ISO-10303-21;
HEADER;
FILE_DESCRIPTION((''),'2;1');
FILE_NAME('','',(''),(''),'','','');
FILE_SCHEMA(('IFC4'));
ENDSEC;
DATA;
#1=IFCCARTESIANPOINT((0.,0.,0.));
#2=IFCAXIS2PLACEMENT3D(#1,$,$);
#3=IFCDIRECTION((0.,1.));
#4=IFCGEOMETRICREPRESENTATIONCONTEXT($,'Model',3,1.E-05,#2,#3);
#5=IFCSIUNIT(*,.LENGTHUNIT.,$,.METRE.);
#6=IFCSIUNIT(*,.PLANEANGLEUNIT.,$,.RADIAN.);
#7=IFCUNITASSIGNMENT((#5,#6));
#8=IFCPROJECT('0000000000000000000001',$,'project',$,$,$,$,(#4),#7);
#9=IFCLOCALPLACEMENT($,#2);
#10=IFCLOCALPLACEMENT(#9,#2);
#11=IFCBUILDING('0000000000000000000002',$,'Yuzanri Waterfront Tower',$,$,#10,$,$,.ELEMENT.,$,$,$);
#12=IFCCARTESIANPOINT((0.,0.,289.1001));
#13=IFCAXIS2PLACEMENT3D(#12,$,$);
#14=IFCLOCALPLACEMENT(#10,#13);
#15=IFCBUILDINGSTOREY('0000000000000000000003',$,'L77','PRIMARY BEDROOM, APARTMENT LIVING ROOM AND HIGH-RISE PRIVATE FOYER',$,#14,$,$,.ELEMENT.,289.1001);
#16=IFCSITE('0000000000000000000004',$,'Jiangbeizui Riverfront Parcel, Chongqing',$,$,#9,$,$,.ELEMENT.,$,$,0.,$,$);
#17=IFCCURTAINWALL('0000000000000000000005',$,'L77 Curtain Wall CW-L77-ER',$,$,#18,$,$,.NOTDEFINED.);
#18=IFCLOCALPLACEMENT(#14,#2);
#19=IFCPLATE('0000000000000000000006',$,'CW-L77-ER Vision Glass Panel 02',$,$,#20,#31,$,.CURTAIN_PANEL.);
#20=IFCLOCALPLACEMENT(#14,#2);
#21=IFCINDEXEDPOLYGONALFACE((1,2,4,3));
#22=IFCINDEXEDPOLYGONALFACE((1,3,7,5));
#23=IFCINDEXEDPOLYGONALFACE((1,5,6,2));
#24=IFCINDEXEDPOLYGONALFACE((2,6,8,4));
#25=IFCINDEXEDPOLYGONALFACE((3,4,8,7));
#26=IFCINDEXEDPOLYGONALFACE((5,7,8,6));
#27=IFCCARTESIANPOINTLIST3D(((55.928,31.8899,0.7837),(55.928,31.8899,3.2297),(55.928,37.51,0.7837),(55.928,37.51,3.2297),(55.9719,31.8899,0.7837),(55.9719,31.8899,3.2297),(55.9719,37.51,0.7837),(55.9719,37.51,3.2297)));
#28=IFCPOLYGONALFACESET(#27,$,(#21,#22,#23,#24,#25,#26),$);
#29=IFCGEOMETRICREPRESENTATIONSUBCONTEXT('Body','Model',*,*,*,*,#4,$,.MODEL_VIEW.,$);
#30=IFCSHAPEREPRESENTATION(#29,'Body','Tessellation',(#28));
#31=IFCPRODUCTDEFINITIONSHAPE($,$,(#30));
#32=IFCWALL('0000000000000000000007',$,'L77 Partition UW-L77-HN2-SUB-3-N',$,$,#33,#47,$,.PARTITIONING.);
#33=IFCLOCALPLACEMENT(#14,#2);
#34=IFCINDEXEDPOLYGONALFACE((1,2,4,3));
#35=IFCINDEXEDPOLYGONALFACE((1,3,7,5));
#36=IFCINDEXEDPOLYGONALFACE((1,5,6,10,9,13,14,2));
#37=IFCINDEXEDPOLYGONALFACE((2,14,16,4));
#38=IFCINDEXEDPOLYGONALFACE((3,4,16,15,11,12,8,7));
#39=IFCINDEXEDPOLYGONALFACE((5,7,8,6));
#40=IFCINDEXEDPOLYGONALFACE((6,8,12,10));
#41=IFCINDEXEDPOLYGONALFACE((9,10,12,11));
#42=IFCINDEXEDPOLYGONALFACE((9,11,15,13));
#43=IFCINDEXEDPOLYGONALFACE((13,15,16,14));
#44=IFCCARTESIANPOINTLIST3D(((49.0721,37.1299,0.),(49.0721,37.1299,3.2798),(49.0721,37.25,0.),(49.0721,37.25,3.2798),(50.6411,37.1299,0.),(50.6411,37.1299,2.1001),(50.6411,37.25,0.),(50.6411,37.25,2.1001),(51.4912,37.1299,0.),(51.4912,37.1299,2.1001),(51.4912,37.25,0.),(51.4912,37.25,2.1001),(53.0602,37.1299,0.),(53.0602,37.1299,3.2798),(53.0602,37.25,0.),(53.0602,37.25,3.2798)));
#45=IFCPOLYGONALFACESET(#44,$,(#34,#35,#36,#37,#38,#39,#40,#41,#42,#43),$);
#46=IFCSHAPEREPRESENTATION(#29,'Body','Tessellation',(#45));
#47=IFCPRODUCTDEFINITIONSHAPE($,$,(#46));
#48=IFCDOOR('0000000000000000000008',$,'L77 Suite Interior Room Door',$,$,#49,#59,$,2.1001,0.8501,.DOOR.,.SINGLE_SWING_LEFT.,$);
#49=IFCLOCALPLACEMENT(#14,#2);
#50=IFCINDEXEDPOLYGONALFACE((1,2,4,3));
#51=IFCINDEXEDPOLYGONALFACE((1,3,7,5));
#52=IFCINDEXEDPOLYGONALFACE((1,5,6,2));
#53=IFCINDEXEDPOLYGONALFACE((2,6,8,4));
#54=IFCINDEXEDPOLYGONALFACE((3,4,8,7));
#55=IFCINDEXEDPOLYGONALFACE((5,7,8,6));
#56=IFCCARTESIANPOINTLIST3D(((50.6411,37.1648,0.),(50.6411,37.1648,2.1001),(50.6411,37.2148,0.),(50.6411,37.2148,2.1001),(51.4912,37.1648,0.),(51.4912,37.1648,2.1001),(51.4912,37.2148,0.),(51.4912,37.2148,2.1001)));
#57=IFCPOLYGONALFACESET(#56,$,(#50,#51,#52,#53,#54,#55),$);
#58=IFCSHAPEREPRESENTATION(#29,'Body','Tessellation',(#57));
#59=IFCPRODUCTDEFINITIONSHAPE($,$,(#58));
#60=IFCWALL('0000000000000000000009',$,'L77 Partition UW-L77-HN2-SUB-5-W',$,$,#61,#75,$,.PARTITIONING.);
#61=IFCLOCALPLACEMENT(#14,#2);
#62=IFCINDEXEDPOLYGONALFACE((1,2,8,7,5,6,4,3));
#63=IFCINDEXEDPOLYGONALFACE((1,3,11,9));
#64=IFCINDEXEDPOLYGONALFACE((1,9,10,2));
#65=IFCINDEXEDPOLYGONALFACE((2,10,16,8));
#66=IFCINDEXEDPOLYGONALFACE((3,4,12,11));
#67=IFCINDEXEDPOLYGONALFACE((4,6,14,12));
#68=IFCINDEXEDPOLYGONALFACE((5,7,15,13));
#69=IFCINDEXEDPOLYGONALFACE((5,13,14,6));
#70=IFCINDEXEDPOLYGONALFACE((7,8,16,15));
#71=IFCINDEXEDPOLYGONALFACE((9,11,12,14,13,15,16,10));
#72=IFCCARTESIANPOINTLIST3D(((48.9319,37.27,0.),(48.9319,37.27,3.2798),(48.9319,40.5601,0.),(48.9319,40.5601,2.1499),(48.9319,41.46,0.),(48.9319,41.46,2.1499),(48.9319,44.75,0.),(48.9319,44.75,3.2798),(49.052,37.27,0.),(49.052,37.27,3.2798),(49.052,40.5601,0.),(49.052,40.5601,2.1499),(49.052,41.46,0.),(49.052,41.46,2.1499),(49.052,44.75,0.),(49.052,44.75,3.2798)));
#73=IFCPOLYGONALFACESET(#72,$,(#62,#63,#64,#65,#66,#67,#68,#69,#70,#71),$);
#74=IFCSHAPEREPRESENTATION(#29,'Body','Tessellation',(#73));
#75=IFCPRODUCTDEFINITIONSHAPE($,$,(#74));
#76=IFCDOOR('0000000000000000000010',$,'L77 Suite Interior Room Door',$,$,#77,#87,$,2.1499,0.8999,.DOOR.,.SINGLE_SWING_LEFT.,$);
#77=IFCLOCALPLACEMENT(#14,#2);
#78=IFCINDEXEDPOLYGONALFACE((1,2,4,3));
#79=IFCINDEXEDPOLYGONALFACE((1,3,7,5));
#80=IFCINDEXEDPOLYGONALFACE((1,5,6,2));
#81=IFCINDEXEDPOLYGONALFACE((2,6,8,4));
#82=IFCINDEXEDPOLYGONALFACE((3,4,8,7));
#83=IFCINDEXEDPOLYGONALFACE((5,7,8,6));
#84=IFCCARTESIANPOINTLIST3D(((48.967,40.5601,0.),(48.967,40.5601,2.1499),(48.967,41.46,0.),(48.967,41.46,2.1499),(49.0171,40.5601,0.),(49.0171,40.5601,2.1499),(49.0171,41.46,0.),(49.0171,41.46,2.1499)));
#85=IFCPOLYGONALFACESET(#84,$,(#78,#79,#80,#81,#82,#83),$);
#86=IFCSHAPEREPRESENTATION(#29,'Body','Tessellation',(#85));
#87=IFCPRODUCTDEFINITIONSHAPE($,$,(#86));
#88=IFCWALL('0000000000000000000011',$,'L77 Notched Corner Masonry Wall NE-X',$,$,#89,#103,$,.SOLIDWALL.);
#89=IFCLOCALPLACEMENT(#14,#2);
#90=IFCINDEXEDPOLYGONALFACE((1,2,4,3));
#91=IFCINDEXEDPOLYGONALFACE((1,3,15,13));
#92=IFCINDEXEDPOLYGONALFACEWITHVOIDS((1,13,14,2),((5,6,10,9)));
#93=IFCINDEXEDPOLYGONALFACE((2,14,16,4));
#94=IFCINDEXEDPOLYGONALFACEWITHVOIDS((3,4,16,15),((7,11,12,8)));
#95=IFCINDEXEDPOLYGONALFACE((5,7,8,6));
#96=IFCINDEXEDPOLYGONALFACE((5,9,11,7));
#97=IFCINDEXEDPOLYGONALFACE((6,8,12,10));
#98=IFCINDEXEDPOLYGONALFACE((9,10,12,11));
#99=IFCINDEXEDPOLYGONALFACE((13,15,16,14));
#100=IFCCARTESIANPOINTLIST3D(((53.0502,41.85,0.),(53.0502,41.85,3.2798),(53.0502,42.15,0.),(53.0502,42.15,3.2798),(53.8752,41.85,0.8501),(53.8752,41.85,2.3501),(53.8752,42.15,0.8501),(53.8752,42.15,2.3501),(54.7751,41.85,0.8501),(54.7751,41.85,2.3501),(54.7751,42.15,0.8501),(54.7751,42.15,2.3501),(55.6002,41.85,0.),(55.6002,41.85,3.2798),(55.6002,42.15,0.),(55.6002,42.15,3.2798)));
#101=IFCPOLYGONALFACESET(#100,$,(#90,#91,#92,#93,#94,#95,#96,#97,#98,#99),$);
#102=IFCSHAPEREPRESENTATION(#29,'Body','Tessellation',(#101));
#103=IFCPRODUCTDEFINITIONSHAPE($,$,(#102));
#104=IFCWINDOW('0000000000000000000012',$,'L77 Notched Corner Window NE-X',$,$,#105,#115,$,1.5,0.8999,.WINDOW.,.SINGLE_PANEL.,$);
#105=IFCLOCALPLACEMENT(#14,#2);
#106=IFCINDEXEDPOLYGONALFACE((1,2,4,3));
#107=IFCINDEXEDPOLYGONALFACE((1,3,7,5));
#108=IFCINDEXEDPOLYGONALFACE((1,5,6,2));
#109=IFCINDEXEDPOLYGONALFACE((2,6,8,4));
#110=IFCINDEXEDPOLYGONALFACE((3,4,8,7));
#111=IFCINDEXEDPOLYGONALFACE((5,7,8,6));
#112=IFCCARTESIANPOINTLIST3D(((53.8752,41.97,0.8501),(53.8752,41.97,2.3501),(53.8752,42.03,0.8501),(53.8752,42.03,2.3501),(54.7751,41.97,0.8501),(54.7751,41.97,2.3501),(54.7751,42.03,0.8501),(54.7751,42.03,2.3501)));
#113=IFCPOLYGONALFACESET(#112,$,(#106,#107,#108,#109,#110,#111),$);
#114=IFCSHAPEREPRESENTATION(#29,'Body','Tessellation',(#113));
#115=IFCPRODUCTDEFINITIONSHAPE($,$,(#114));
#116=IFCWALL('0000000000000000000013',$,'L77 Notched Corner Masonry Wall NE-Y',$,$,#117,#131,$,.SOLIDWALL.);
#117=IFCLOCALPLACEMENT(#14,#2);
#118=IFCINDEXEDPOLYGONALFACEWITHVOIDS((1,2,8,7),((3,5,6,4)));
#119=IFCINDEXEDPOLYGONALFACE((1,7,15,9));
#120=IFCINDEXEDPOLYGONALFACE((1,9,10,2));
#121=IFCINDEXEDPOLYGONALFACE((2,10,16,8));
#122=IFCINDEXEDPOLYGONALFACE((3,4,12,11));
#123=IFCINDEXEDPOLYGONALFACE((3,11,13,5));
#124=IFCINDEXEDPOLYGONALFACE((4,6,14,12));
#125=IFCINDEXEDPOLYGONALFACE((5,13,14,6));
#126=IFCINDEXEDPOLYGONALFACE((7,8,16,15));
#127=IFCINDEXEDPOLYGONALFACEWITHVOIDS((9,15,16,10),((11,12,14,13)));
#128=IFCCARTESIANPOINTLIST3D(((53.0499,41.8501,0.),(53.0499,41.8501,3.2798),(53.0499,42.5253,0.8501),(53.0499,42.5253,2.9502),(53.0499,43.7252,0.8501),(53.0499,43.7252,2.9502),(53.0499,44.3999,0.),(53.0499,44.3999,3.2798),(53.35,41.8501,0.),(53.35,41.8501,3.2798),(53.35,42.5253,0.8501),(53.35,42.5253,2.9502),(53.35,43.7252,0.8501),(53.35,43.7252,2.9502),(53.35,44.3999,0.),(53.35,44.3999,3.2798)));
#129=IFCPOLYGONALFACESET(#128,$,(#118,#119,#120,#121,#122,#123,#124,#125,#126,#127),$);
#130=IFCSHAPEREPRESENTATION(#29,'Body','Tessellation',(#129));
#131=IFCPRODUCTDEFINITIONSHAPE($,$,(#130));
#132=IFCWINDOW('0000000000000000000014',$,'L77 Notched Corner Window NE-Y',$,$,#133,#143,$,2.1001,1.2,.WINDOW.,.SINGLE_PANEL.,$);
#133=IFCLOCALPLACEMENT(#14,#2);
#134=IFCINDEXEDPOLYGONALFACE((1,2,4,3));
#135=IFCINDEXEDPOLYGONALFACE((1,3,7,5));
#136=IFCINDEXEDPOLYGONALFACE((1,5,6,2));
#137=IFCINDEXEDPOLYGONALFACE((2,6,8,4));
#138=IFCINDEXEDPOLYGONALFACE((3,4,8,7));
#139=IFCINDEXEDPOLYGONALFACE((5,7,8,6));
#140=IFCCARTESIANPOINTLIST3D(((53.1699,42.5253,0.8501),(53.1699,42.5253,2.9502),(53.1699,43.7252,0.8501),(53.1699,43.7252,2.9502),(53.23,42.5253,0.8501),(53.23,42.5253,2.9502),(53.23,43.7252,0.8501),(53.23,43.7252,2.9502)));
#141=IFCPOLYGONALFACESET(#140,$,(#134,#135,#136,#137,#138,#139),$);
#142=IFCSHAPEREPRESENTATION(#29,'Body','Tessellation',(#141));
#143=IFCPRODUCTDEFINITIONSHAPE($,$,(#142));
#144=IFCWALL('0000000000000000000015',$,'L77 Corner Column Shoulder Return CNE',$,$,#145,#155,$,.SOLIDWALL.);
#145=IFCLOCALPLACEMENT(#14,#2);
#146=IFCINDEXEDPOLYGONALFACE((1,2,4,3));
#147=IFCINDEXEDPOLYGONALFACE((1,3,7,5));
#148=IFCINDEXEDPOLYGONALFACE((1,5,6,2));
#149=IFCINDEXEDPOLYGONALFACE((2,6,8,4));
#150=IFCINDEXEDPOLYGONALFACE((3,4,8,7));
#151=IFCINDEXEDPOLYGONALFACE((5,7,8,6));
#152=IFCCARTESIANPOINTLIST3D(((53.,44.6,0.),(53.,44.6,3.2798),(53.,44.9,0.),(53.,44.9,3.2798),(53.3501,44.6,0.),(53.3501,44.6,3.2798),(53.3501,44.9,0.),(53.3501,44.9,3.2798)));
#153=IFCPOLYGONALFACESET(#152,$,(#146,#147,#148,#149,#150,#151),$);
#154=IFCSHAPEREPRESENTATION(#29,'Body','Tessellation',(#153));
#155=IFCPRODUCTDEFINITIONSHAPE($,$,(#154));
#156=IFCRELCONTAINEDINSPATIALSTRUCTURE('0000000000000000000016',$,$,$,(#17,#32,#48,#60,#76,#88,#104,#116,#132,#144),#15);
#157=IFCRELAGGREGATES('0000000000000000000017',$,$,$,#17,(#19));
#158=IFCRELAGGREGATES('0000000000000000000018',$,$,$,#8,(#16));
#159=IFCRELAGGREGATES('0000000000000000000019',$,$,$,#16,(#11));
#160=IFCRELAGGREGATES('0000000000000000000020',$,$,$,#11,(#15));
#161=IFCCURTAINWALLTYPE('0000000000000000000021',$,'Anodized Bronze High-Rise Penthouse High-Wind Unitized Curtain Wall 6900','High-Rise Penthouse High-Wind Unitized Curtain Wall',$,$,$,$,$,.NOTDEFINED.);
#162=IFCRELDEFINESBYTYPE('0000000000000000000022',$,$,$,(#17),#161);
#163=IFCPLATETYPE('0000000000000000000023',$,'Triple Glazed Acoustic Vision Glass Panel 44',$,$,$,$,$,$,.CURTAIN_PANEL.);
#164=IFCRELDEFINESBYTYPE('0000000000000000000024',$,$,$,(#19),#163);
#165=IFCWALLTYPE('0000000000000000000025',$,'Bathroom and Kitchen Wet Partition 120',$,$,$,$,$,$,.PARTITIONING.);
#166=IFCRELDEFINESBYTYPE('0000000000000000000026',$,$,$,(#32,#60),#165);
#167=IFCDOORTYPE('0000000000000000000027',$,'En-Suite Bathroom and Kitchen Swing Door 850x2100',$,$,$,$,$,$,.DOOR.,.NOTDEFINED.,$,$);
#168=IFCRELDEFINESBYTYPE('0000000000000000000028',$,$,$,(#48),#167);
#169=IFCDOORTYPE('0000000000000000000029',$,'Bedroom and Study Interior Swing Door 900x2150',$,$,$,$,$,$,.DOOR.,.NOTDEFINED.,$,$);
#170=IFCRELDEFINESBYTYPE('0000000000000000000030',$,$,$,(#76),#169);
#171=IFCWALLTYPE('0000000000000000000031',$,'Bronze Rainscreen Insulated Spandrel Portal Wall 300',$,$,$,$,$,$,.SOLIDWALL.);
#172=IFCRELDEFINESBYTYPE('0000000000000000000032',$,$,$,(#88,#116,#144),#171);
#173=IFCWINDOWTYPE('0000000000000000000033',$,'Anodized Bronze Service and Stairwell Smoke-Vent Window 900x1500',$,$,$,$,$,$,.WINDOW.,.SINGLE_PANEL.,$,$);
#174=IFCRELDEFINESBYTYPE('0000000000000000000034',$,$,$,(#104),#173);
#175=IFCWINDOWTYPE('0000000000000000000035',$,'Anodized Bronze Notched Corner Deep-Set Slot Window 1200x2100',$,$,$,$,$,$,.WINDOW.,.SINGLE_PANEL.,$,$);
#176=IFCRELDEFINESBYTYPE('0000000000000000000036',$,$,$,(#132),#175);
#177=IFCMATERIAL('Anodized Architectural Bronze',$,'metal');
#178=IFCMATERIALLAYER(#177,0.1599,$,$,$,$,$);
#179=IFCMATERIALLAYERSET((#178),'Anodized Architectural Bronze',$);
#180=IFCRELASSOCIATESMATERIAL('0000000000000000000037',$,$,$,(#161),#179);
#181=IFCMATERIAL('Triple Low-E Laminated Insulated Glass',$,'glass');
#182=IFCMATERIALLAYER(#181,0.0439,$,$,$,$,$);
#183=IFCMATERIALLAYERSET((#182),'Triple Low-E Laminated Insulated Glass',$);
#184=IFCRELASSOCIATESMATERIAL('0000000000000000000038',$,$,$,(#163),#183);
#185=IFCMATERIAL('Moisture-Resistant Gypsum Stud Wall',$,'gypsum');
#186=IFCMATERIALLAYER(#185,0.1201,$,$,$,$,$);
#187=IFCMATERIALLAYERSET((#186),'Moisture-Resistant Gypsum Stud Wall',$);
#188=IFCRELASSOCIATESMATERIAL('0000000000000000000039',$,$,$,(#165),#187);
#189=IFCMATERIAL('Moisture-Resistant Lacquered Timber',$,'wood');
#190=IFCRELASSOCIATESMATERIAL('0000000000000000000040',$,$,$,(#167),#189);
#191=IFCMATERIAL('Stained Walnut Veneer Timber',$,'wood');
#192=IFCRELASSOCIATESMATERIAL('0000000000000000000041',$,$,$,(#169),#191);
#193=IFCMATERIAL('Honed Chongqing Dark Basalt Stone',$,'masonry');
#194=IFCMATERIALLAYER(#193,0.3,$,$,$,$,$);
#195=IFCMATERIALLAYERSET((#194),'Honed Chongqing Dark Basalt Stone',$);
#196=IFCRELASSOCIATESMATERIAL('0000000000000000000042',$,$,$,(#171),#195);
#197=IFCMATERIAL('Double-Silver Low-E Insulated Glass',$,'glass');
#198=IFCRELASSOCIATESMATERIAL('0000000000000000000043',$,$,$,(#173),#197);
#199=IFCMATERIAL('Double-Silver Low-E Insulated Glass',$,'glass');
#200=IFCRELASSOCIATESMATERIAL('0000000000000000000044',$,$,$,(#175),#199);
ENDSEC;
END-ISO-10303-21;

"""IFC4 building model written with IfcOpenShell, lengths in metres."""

from ifc_helpers import new_model, si_unit, direction, frame, frame_2d, origin, origin_2d, place, context, subcontext, project, spatial, rectangle, extrude, source, transform, mapped, material, layer, layer_set, type_object, element, fill, aggregate, save


model = new_model("IFC4")

# Units and contexts
model_context = context("Model", 3, precision=1e-05, world=origin(), true_north=direction((0.0, 1.0)))
body_context = subcontext(model_context, "Body", "Model", "MODEL_VIEW")
ifc_project = project(units=[si_unit("LENGTHUNIT", "METRE"), si_unit("PLANEANGLEUNIT", "RADIAN")], contexts=[model_context])

# Site, building, storey
site_placement = place(None, origin())
site = spatial("IfcSite", under=ifc_project, at=site_placement, Name="Jiangbeizui Riverfront Parcel, Chongqing", CompositionType="ELEMENT", RefElevation=0.0)
building_placement = place(site_placement, origin())
building = spatial("IfcBuilding", under=site, at=building_placement, Name="Yuzanri Waterfront Tower", CompositionType="ELEMENT")
storey_placement = place(building_placement, frame((0.0, 0.0, 289.1001)))
storey = spatial("IfcBuildingStorey", under=building, at=storey_placement, Name="L77", Description="PRIMARY BEDROOM, APARTMENT LIVING ROOM AND HIGH-RISE PRIVATE FOYER", CompositionType="ELEMENT", Elevation=289.1001)

# Curtain wall
ifc_material_1 = material(Name="Anodized Architectural Bronze", Category="metal")
ifc_layer_1 = layer(ifc_material_1, 0.1599)
ifc_layer_set_1 = layer_set([ifc_layer_1], Name="Anodized Architectural Bronze")
curtain_wall_type = type_object("IfcCurtainWallType", Name="Anodized Bronze High-Rise Penthouse High-Wind Unitized Curtain Wall 6900", Description="High-Rise Penthouse High-Wind Unitized Curtain Wall", PredefinedType="NOTDEFINED", material=ifc_layer_set_1)
curtain_wall_1_placement = place(storey_placement, origin())
curtain_wall_1 = element("IfcCurtainWall", 1, at=curtain_wall_1_placement, inside=storey, type_object=curtain_wall_type, Name="L77 Curtain Wall CW-L77-ER", PredefinedType="NOTDEFINED")

# Plate
ifc_material_2 = material(Name="Triple Low-E Laminated Insulated Glass", Category="glass")
ifc_layer_2 = layer(ifc_material_2, 0.0439)
ifc_layer_set_2 = layer_set([ifc_layer_2], Name="Triple Low-E Laminated Insulated Glass")
plate_type_1 = type_object("IfcPlateType", Name="Triple Glazed Acoustic Vision Glass Panel 44", PredefinedType="CURTAIN_PANEL", material=ifc_layer_set_2)
shared_shape_1 = source(origin(), body_context, "Body", "SweptSolid", [
    extrude(rectangle(XDim=5.6201, YDim=0.0439, at=origin_2d()), origin(), (0.0, 0.0, 1.0), 2.446),
])
plate_1_placement = place(storey_placement, frame((55.95, 34.7, 0.7837), z_axis=(0.0, 0.0, 1.0), x_axis=(0.0, 1.0, 0.0)))
plate_1 = element("IfcPlate", 2, at=plate_1_placement, type_object=plate_type_1, Name="CW-L77-ER Vision Glass Panel 02", PredefinedType="CURTAIN_PANEL", context=body_context, shape_type="MappedRepresentation", body=[
    mapped(shared_shape_1, transform((0.0, 0.0, 0.0), scale=1.0)),
])
aggregate(curtain_wall_1, [plate_1])

# Walls, openings, doors
ifc_material_3 = material(Name="Moisture-Resistant Gypsum Stud Wall", Category="gypsum")
ifc_layer_3 = layer(ifc_material_3, 0.1201)
ifc_layer_set_3 = layer_set([ifc_layer_3], Name="Moisture-Resistant Gypsum Stud Wall")
wall_type_1 = type_object("IfcWallType", Name="Bathroom and Kitchen Wet Partition 120", PredefinedType="PARTITIONING", material=ifc_layer_set_3)
wall_1_placement = place(storey_placement, frame((49.072, 37.1899, 0.0), z_axis=(0.0, 0.0, 1.0), x_axis=(1.0, 0.0, 0.0)))
wall_1 = element("IfcWall", 3, at=wall_1_placement, inside=storey, type_object=wall_type_1, Name="L77 Partition UW-L77-HN2-SUB-3-N", PredefinedType="PARTITIONING", context=body_context, shape_type="SweptSolid", body=[
    extrude(rectangle(XDim=3.988, YDim=0.1201, at=frame_2d((1.9941, 0.0))), origin(), (0.0, 0.0, 1.0), 3.2798),
])
opening_1_placement = place(wall_1_placement, frame((1.5691, 0.0, 0.0)))
opening_1 = element("IfcOpeningElement", 4, at=opening_1_placement, cuts=wall_1, PredefinedType="OPENING", context=body_context, shape_type="SweptSolid", body=[
    extrude(rectangle(XDim=0.8501, YDim=2.1001, at=frame_2d((0.425, 1.05))), frame((0.0, 0.075, 0.0), z_axis=(0.0, -1.0, 0.0), x_axis=(1.0, 0.0, 0.0)), (0.0, 0.0, 1.0), 0.1499),
])
ifc_material_4 = material(Name="Moisture-Resistant Lacquered Timber", Category="wood")
door_type_1 = type_object("IfcDoorType", Name="En-Suite Bathroom and Kitchen Swing Door 850x2100", OperationType="NOTDEFINED", PredefinedType="DOOR", material=ifc_material_4)
shared_shape_2 = source(origin(), body_context, "Body", "SweptSolid", [
    extrude(rectangle(XDim=0.8501, YDim=2.1001, at=frame_2d((0.425, 1.05))), frame((0.0, 0.0249, 0.0), z_axis=(0.0, -1.0, 0.0), x_axis=(1.0, 0.0, 0.0)), (0.0, 0.0, 1.0), 0.05),
])
door_1_placement = place(opening_1_placement, origin())
door_1 = element("IfcDoor", 5, at=door_1_placement, inside=storey, type_object=door_type_1, Name="L77 Suite Interior Room Door", OperationType="SINGLE_SWING_LEFT", OverallHeight=2.1001, OverallWidth=0.8501, PredefinedType="DOOR", context=body_context, shape_type="MappedRepresentation", body=[
    mapped(shared_shape_2, transform((0.0, 0.0, 0.0), scale=1.0)),
])
fill(opening_1, door_1)
wall_2_placement = place(storey_placement, frame((48.9919, 37.27, 0.0), z_axis=(0.0, 0.0, 1.0), x_axis=(0.0, 1.0, 0.0)))
wall_2 = element("IfcWall", 6, at=wall_2_placement, inside=storey, type_object=wall_type_1, Name="L77 Partition UW-L77-HN2-SUB-5-W", PredefinedType="PARTITIONING", context=body_context, shape_type="SweptSolid", body=[
    extrude(rectangle(XDim=7.48, YDim=0.1201, at=frame_2d((3.74, 0.0))), origin(), (0.0, 0.0, 1.0), 3.2798),
])
opening_2_placement = place(wall_2_placement, frame((3.29, 0.0, 0.0)))
opening_2 = element("IfcOpeningElement", 7, at=opening_2_placement, cuts=wall_2, PredefinedType="OPENING", context=body_context, shape_type="SweptSolid", body=[
    extrude(rectangle(XDim=0.8999, YDim=2.1499, at=frame_2d((0.45, 1.075))), frame((0.0, 0.075, 0.0), z_axis=(0.0, -1.0, 0.0), x_axis=(1.0, 0.0, 0.0)), (0.0, 0.0, 1.0), 0.1499),
])
ifc_material_5 = material(Name="Stained Walnut Veneer Timber", Category="wood")
door_type_2 = type_object("IfcDoorType", Name="Bedroom and Study Interior Swing Door 900x2150", OperationType="NOTDEFINED", PredefinedType="DOOR", material=ifc_material_5)
shared_shape_3 = source(origin(), body_context, "Body", "SweptSolid", [
    extrude(rectangle(XDim=0.8999, YDim=2.1499, at=frame_2d((0.45, 1.075))), frame((0.0, 0.0249, 0.0), z_axis=(0.0, -1.0, 0.0), x_axis=(1.0, 0.0, 0.0)), (0.0, 0.0, 1.0), 0.05),
])
door_2_placement = place(opening_2_placement, origin())
door_2 = element("IfcDoor", 8, at=door_2_placement, inside=storey, type_object=door_type_2, Name="L77 Suite Interior Room Door", OperationType="SINGLE_SWING_LEFT", OverallHeight=2.1499, OverallWidth=0.8999, PredefinedType="DOOR", context=body_context, shape_type="MappedRepresentation", body=[
    mapped(shared_shape_3, transform((0.0, 0.0, 0.0), scale=1.0)),
])
fill(opening_2, door_2)

# Walls, openings, windows
ifc_material_6 = material(Name="Honed Chongqing Dark Basalt Stone", Category="masonry")
ifc_layer_4 = layer(ifc_material_6, 0.3)
ifc_layer_set_4 = layer_set([ifc_layer_4], Name="Honed Chongqing Dark Basalt Stone")
wall_type_2 = type_object("IfcWallType", Name="Bronze Rainscreen Insulated Spandrel Portal Wall 300", PredefinedType="SOLIDWALL", material=ifc_layer_set_4)
wall_3_placement = place(storey_placement, frame((55.6001, 42.0, 0.0), z_axis=(0.0, 0.0, 1.0), x_axis=(-1.0, 0.0, 0.0)))
wall_3 = element("IfcWall", 9, at=wall_3_placement, inside=storey, type_object=wall_type_2, Name="L77 Notched Corner Masonry Wall NE-X", PredefinedType="SOLIDWALL", context=body_context, shape_type="SweptSolid", body=[
    extrude(rectangle(XDim=2.55, YDim=0.3, at=frame_2d((1.2749, 0.0))), origin(), (0.0, 0.0, 1.0), 3.2798),
])
opening_3_placement = place(wall_3_placement, frame((0.825, 0.0, 0.8501)))
opening_3 = element("IfcOpeningElement", 10, at=opening_3_placement, cuts=wall_3, PredefinedType="OPENING", context=body_context, shape_type="SweptSolid", body=[
    extrude(rectangle(XDim=0.8999, YDim=1.5, at=frame_2d((0.45, 0.75))), frame((0.0, 0.165, 0.0), z_axis=(0.0, -1.0, 0.0), x_axis=(1.0, 0.0, 0.0)), (0.0, 0.0, 1.0), 0.3298),
])
ifc_material_7 = material(Name="Double-Silver Low-E Insulated Glass", Category="glass")
window_type_1 = type_object("IfcWindowType", Name="Anodized Bronze Service and Stairwell Smoke-Vent Window 900x1500", PartitioningType="SINGLE_PANEL", PredefinedType="WINDOW", material=ifc_material_7)
shared_shape_4 = source(origin(), body_context, "Body", "SweptSolid", [
    extrude(rectangle(XDim=0.8999, YDim=1.5, at=frame_2d((0.45, 0.75))), frame((0.0, 0.03, 0.0), z_axis=(0.0, -1.0, 0.0), x_axis=(1.0, 0.0, 0.0)), (0.0, 0.0, 1.0), 0.0601),
])
window_1_placement = place(opening_3_placement, origin())
window_1 = element("IfcWindow", 11, at=window_1_placement, inside=storey, type_object=window_type_1, Name="L77 Notched Corner Window NE-X", OverallHeight=1.5, OverallWidth=0.8999, PartitioningType="SINGLE_PANEL", PredefinedType="WINDOW", context=body_context, shape_type="MappedRepresentation", body=[
    mapped(shared_shape_4, transform((0.0, 0.0, 0.0), scale=1.0)),
])
fill(opening_3, window_1)
wall_4_placement = place(storey_placement, frame((53.2, 41.8501, 0.0), z_axis=(0.0, 0.0, 1.0), x_axis=(0.0, 1.0, 0.0)))
wall_4 = element("IfcWall", 12, at=wall_4_placement, inside=storey, type_object=wall_type_2, Name="L77 Notched Corner Masonry Wall NE-Y", PredefinedType="SOLIDWALL", context=body_context, shape_type="SweptSolid", body=[
    extrude(rectangle(XDim=2.5498, YDim=0.3, at=frame_2d((1.2749, 0.0))), origin(), (0.0, 0.0, 1.0), 3.2798),
])
opening_4_placement = place(wall_4_placement, frame((0.675, 0.0, 0.8501)))
opening_4 = element("IfcOpeningElement", 13, at=opening_4_placement, cuts=wall_4, PredefinedType="OPENING", context=body_context, shape_type="SweptSolid", body=[
    extrude(rectangle(XDim=1.2, YDim=2.1001, at=frame_2d((0.6001, 1.05))), frame((0.0, 0.165, 0.0), z_axis=(0.0, -1.0, 0.0), x_axis=(1.0, 0.0, 0.0)), (0.0, 0.0, 1.0), 0.3298),
])
ifc_material_8 = material(Name="Double-Silver Low-E Insulated Glass", Category="glass")
window_type_2 = type_object("IfcWindowType", Name="Anodized Bronze Notched Corner Deep-Set Slot Window 1200x2100", PartitioningType="SINGLE_PANEL", PredefinedType="WINDOW", material=ifc_material_8)
shared_shape_5 = source(origin(), body_context, "Body", "SweptSolid", [
    extrude(rectangle(XDim=1.2, YDim=2.1001, at=frame_2d((0.6001, 1.05))), frame((0.0, 0.03, 0.0), z_axis=(0.0, -1.0, 0.0), x_axis=(1.0, 0.0, 0.0)), (0.0, 0.0, 1.0), 0.0601),
])
window_2_placement = place(opening_4_placement, origin())
window_2 = element("IfcWindow", 14, at=window_2_placement, inside=storey, type_object=window_type_2, Name="L77 Notched Corner Window NE-Y", OverallHeight=2.1001, OverallWidth=1.2, PartitioningType="SINGLE_PANEL", PredefinedType="WINDOW", context=body_context, shape_type="MappedRepresentation", body=[
    mapped(shared_shape_5, transform((0.0, 0.0, 0.0), scale=1.0)),
])
fill(opening_4, window_2)

# Wall
shared_shape_6 = source(origin(), body_context, "Body", "SweptSolid", [
    extrude(rectangle(XDim=0.3501, YDim=0.3, at=frame_2d((0.175, 0.0))), origin(), (0.0, 0.0, 1.0), 3.2798),
])
wall_5_placement = place(storey_placement, frame((53.0, 44.75, 0.0), z_axis=(0.0, 0.0, 1.0), x_axis=(1.0, 0.0, 0.0)))
element("IfcWall", 15, at=wall_5_placement, inside=storey, type_object=wall_type_2, Name="L77 Corner Column Shoulder Return CNE", PredefinedType="SOLIDWALL", context=body_context, shape_type="MappedRepresentation", body=[
    mapped(shared_shape_6, transform((0.0, 0.0, 0.0), scale=1.0)),
])

save(model, "model.ifc")
